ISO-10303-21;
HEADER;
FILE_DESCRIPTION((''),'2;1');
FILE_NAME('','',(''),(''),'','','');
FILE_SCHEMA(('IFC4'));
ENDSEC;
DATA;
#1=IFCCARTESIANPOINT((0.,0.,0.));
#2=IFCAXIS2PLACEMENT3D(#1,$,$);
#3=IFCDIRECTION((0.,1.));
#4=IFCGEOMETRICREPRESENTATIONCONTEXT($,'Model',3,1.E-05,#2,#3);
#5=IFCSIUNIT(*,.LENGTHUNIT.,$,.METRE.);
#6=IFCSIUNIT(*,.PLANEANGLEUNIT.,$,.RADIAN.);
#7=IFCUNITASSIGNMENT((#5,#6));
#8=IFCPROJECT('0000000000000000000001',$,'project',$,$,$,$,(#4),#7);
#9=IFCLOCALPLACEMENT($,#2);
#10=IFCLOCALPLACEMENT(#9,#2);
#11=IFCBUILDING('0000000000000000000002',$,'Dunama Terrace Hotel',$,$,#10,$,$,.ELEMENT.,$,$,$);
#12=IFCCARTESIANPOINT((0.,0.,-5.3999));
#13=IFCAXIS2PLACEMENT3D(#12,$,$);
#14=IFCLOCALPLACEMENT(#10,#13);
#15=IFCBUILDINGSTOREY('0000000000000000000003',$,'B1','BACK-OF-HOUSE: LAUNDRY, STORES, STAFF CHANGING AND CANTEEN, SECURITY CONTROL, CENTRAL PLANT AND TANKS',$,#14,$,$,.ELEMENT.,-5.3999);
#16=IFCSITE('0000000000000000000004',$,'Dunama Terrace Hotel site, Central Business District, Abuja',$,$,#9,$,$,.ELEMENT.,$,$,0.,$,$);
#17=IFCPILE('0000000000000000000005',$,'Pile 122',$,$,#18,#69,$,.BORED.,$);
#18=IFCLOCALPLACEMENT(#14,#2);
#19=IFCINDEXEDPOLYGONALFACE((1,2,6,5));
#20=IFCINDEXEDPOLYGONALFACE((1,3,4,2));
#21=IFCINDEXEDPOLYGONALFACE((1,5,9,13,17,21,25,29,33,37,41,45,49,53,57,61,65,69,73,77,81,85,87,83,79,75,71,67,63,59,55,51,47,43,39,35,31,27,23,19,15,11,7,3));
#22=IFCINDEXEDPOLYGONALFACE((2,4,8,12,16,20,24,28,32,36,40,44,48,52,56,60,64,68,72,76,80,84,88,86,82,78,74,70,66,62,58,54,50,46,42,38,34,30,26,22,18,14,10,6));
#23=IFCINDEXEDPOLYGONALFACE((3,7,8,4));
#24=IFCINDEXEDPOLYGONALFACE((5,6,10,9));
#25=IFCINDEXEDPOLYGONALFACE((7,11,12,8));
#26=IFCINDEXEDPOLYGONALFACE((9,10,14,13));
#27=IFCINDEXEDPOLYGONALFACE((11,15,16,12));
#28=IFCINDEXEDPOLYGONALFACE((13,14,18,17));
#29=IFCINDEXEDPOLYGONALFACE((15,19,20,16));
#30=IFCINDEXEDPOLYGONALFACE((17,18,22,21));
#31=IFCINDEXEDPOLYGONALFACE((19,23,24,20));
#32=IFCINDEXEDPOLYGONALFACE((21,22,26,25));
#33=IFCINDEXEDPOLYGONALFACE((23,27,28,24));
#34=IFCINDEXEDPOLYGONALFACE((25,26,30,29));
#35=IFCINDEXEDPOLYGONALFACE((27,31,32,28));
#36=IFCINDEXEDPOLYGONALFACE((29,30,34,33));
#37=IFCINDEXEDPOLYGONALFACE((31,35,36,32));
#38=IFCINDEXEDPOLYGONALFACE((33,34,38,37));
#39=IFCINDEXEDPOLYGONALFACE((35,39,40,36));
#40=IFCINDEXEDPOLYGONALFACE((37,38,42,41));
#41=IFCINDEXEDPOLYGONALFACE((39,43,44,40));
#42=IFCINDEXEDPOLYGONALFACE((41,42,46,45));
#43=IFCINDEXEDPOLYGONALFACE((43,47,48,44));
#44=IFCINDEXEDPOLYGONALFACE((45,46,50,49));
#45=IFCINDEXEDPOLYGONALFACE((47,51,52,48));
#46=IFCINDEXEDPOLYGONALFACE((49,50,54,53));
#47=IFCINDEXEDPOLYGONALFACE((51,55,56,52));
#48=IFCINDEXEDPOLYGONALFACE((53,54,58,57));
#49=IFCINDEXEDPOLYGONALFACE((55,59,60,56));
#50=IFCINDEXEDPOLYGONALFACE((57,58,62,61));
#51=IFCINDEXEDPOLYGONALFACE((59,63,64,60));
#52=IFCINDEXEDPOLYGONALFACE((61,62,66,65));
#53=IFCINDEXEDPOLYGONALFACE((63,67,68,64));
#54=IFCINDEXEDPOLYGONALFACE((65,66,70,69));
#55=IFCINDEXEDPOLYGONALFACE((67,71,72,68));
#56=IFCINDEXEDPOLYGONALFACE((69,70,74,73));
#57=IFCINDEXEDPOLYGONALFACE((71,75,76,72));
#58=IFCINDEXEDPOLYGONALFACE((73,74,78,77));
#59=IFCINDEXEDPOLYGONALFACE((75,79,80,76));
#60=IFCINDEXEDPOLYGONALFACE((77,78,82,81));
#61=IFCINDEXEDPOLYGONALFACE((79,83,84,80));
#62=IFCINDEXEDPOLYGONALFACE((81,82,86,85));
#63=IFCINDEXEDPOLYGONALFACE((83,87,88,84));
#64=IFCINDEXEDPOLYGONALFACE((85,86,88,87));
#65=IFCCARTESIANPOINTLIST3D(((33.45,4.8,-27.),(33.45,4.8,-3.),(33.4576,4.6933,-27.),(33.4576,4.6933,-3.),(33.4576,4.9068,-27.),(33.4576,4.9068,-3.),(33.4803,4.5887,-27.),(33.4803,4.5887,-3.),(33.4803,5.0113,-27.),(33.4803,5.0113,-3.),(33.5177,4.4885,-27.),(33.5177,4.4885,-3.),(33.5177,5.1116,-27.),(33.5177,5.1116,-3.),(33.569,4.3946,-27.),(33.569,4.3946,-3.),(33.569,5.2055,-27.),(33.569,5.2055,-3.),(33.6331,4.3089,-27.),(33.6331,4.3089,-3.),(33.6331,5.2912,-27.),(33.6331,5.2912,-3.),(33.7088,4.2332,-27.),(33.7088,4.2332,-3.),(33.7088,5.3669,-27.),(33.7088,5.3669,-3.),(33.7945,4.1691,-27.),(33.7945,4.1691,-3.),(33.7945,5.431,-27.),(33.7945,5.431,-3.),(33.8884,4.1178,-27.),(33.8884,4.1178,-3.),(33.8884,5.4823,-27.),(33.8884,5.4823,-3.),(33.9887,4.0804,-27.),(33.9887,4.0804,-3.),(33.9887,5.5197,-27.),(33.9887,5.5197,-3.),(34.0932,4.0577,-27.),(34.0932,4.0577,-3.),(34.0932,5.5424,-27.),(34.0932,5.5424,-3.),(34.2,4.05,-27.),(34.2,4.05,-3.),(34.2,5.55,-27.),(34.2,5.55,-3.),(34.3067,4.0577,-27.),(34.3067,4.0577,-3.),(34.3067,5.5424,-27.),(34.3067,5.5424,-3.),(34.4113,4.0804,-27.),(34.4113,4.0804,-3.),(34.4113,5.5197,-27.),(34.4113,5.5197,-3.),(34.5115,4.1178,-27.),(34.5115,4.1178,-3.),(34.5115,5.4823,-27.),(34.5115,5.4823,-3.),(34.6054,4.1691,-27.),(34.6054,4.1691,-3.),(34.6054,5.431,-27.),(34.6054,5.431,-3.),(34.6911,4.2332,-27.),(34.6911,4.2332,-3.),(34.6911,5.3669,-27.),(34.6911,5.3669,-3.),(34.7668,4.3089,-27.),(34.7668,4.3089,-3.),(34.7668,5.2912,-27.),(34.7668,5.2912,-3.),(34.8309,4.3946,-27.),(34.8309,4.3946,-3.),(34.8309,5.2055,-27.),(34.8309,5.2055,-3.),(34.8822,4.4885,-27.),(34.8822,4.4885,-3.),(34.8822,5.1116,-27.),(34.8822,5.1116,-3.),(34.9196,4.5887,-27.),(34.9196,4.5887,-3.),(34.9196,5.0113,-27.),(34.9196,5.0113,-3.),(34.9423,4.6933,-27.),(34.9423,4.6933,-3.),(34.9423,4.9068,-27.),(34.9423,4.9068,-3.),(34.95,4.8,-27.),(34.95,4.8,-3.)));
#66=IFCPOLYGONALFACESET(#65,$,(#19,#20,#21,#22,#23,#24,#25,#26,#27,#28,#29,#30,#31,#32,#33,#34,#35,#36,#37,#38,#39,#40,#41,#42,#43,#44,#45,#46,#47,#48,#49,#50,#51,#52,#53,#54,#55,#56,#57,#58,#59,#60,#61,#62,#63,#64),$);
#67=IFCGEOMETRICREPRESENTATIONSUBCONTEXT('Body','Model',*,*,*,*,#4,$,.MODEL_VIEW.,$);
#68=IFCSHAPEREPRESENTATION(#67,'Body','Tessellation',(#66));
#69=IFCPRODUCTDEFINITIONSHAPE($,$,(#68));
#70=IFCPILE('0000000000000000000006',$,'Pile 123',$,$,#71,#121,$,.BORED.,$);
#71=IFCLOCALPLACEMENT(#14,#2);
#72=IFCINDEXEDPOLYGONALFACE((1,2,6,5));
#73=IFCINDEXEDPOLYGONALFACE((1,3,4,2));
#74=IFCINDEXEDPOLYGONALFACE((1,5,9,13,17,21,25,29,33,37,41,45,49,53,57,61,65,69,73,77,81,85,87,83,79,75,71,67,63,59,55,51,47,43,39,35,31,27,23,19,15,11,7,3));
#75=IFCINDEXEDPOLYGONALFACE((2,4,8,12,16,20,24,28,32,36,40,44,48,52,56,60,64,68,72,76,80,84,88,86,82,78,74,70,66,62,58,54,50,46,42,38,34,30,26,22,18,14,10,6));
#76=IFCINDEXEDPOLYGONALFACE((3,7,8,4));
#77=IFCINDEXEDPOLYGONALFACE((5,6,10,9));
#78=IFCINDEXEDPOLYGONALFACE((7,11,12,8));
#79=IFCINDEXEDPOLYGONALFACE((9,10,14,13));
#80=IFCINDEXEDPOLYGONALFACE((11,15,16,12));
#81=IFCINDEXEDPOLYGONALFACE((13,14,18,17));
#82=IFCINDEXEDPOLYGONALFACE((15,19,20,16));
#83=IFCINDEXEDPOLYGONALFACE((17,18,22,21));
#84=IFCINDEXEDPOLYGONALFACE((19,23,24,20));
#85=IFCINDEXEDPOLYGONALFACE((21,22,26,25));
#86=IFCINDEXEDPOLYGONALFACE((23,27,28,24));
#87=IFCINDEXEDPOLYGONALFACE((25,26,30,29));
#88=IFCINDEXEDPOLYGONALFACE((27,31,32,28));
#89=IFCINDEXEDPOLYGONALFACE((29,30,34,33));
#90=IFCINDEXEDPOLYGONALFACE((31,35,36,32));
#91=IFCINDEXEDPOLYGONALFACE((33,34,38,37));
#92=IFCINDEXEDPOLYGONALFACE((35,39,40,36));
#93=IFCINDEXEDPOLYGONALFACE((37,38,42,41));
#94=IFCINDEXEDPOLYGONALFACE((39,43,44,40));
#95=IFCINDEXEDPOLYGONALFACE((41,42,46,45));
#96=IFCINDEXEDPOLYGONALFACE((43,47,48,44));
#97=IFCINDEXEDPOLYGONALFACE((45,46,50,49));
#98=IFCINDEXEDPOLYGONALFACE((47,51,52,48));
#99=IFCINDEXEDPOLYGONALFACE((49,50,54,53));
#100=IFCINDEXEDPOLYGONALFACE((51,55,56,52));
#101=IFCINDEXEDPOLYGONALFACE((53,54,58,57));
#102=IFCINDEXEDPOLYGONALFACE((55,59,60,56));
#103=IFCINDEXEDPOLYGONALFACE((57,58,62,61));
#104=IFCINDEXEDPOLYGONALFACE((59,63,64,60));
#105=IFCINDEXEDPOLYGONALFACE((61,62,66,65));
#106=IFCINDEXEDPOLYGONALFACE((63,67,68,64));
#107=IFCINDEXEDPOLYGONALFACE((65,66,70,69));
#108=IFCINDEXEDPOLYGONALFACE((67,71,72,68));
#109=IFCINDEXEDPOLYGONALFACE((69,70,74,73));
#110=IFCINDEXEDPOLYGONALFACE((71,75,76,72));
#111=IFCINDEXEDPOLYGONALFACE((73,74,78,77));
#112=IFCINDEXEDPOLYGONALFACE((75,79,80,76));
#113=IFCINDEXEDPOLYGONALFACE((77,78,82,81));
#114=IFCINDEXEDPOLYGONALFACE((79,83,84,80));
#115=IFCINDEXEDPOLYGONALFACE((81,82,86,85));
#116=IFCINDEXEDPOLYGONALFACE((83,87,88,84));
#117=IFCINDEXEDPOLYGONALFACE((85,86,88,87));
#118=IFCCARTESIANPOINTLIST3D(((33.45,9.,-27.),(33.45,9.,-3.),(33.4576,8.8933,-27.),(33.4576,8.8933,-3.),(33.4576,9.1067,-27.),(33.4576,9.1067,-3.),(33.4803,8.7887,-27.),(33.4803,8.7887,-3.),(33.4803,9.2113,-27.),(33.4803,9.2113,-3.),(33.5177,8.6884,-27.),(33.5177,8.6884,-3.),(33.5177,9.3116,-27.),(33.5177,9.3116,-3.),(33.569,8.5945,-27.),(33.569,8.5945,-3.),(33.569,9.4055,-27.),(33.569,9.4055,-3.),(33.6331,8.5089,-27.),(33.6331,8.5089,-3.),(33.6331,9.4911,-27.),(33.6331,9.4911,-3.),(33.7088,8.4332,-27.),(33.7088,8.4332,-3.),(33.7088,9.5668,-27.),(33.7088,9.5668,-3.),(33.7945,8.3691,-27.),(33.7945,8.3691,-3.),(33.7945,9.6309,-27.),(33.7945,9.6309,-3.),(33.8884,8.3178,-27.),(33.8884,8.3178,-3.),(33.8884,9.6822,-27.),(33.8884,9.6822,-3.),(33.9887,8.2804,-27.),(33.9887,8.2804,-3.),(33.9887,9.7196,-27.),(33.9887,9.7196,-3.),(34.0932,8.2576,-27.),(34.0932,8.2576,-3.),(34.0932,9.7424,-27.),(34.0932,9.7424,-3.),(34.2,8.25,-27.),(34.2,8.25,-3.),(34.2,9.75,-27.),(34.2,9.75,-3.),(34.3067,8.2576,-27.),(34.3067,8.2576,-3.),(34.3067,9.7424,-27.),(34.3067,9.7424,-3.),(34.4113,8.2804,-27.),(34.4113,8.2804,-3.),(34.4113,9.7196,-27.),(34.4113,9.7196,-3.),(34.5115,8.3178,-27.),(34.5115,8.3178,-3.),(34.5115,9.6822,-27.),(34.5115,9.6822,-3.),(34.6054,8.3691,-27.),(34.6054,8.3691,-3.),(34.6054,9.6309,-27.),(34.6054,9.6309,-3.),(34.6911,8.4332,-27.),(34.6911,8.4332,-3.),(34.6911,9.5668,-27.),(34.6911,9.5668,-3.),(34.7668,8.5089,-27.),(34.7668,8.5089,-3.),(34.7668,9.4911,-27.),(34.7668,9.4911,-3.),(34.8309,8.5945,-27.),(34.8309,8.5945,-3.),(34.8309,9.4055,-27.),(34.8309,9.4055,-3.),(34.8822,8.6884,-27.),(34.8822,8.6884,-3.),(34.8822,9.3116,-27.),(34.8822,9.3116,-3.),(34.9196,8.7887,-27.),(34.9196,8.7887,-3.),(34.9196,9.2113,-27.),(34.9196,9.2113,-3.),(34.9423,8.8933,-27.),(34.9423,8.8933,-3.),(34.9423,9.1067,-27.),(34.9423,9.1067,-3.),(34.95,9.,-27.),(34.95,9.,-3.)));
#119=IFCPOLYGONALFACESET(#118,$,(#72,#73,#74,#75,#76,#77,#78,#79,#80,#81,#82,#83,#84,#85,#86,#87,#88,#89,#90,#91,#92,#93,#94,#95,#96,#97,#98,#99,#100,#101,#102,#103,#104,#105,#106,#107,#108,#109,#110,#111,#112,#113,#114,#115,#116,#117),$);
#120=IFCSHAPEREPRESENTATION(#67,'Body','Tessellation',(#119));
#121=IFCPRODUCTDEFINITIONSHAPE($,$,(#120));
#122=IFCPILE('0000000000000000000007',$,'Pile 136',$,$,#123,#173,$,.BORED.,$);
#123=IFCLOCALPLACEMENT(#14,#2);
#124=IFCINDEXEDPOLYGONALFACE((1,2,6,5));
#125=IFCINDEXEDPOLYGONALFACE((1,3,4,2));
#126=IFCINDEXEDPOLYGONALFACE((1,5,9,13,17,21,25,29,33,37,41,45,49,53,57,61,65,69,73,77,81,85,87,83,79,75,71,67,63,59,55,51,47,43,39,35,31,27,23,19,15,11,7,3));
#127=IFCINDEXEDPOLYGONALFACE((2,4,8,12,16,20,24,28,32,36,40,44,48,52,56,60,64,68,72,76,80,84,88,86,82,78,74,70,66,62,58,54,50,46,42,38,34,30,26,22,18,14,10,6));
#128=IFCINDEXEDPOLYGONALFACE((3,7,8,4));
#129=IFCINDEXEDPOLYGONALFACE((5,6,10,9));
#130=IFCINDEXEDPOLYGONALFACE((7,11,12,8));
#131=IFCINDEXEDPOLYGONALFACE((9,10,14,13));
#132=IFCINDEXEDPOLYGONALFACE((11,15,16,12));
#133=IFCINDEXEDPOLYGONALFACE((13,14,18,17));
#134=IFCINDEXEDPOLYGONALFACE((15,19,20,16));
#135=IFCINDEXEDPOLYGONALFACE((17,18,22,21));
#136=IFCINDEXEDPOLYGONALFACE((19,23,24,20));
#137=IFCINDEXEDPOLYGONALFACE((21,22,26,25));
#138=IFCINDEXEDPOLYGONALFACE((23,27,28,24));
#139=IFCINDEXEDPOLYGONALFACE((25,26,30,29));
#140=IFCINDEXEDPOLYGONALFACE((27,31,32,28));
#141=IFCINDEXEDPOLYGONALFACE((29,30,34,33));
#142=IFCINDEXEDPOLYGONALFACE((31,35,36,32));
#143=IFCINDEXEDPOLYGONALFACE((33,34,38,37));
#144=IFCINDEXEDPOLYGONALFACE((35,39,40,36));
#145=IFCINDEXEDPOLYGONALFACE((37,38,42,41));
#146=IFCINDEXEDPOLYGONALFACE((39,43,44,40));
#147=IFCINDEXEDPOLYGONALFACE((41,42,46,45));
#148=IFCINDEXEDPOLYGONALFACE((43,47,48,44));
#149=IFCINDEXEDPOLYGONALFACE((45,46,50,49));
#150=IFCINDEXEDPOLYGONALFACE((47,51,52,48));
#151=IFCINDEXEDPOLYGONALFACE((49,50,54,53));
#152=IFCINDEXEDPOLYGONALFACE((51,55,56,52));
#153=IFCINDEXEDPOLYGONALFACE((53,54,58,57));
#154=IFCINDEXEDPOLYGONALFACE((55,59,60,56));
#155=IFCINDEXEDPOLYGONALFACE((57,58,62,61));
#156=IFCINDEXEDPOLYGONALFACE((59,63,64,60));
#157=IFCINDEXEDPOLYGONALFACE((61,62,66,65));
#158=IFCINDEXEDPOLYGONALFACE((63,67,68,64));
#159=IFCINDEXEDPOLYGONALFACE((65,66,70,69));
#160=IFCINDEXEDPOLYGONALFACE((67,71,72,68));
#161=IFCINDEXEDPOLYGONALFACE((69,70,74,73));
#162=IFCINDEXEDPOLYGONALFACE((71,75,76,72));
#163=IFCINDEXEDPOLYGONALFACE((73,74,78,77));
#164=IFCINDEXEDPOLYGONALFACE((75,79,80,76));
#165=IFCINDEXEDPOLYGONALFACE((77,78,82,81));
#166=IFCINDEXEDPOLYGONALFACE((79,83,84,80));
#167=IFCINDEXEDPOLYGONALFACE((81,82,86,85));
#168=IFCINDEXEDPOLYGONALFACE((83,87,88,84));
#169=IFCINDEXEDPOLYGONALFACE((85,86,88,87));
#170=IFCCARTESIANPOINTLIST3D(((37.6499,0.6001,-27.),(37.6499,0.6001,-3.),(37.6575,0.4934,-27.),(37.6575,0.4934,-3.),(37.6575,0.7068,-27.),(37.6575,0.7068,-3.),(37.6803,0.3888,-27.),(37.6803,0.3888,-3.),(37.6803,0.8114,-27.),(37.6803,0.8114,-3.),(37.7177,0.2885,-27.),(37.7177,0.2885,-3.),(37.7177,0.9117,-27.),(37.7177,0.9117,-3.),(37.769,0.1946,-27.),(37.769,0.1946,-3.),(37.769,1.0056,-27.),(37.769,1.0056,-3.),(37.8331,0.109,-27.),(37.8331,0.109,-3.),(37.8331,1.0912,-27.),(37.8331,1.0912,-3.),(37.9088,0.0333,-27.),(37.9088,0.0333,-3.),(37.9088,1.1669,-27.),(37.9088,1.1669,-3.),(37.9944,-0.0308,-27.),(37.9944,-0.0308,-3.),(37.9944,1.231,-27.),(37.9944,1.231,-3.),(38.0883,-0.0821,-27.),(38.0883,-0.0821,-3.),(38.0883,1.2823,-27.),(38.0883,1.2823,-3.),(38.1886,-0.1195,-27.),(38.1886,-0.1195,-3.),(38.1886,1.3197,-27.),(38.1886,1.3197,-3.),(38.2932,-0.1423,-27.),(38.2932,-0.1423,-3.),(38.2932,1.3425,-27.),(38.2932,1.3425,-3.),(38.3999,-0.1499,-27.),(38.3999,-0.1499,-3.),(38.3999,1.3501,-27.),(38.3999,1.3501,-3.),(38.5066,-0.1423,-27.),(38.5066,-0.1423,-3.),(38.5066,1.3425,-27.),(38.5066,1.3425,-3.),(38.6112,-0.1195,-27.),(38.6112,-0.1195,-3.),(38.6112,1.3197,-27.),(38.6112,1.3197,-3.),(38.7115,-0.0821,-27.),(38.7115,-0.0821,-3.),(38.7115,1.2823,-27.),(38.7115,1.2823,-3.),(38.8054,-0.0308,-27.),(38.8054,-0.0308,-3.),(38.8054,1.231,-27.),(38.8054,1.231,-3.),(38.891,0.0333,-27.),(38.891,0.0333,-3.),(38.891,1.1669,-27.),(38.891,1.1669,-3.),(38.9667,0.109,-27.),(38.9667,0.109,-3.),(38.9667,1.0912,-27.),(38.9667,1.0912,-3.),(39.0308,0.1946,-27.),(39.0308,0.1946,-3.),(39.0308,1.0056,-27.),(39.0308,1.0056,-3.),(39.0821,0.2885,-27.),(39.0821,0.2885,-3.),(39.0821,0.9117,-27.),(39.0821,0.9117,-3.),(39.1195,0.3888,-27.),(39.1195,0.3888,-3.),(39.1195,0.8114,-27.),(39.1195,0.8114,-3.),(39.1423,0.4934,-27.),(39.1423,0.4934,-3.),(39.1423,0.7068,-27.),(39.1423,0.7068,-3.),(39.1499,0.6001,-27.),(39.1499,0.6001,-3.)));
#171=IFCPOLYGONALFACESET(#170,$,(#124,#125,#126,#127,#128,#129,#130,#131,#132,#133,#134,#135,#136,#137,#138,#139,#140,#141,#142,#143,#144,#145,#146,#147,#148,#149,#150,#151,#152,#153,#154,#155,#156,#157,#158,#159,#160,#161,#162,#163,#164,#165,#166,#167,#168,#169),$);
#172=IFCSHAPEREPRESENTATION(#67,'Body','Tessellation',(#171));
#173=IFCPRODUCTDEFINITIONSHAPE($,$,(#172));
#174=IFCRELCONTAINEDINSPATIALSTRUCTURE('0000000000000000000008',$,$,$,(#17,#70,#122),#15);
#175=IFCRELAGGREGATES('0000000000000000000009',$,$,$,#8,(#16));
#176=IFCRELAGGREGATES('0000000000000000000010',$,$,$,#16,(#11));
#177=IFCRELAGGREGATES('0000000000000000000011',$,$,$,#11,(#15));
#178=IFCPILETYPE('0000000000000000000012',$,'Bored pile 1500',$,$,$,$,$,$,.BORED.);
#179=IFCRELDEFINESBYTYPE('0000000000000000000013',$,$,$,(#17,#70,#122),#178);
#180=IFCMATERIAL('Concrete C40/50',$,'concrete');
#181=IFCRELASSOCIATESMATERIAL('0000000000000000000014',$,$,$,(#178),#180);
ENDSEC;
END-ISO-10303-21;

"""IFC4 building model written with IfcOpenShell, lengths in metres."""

from ifc_helpers import new_model, si_unit, direction, frame, origin, origin_2d, place, context, subcontext, project, spatial, circle, extrude, material, material_profile, profile_set, type_object, element, save


model = new_model("IFC4")

# Units and contexts
model_context = context("Model", 3, precision=1e-05, world=origin(), true_north=direction((0.0, 1.0)))
body_context = subcontext(model_context, "Body", "Model", "MODEL_VIEW")
ifc_project = project(units=[si_unit("LENGTHUNIT", "METRE"), si_unit("PLANEANGLEUNIT", "RADIAN")], contexts=[model_context])

# Site, building, storey
site_placement = place(None, origin())
site = spatial("IfcSite", under=ifc_project, at=site_placement, Name="Dunama Terrace Hotel site, Central Business District, Abuja", CompositionType="ELEMENT", RefElevation=0.0)
building_placement = place(site_placement, origin())
building = spatial("IfcBuilding", under=site, at=building_placement, Name="Dunama Terrace Hotel", CompositionType="ELEMENT")
storey_placement = place(building_placement, frame((0.0, 0.0, -5.3999)))
storey = spatial("IfcBuildingStorey", under=building, at=storey_placement, Name="B1", Description="BACK-OF-HOUSE: LAUNDRY, STORES, STAFF CHANGING AND CANTEEN, SECURITY CONTROL, CENTRAL PLANT AND TANKS", CompositionType="ELEMENT", Elevation=-5.3999)

# Piles
ifc_material_1 = material(Name="Concrete C40/50", Category="concrete")
ifc_material_profile_1 = material_profile(ifc_material_1, circle(Radius=0.75, at=origin_2d()), Name="PILE D1500")
ifc_profile_set_1 = profile_set([ifc_material_profile_1], Name="Concrete C40/50")
pile_type = type_object("IfcPileType", Name="Bored pile 1500", PredefinedType="BORED", material=ifc_profile_set_1)
for number, where, z_axis, x_axis, name in (
    (1, (34.2, 4.8, -3.0), (0.0, 0.0, -1.0), (1.0, 0.0, 0.0), "Pile 122"),
    (2, (34.2, 9.0, -3.0), (0.0, 0.0, -1.0), (1.0, 0.0, 0.0), "Pile 123"),
    (3, (38.3999, 0.6001, -3.0), (0.0, 0.0, -1.0), (1.0, 0.0, 0.0), "Pile 136"),
):
    element("IfcPile", number, at=place(storey_placement, frame(where, z_axis=z_axis, x_axis=x_axis)), inside=storey, type_object=pile_type, Name=name, PredefinedType="BORED", context=body_context, shape_type="SweptSolid", body=[
        extrude(circle(Radius=0.75, at=origin_2d()), origin(), (0.0, 0.0, 1.0), 24.0),
    ])

save(model, "model.ifc")
